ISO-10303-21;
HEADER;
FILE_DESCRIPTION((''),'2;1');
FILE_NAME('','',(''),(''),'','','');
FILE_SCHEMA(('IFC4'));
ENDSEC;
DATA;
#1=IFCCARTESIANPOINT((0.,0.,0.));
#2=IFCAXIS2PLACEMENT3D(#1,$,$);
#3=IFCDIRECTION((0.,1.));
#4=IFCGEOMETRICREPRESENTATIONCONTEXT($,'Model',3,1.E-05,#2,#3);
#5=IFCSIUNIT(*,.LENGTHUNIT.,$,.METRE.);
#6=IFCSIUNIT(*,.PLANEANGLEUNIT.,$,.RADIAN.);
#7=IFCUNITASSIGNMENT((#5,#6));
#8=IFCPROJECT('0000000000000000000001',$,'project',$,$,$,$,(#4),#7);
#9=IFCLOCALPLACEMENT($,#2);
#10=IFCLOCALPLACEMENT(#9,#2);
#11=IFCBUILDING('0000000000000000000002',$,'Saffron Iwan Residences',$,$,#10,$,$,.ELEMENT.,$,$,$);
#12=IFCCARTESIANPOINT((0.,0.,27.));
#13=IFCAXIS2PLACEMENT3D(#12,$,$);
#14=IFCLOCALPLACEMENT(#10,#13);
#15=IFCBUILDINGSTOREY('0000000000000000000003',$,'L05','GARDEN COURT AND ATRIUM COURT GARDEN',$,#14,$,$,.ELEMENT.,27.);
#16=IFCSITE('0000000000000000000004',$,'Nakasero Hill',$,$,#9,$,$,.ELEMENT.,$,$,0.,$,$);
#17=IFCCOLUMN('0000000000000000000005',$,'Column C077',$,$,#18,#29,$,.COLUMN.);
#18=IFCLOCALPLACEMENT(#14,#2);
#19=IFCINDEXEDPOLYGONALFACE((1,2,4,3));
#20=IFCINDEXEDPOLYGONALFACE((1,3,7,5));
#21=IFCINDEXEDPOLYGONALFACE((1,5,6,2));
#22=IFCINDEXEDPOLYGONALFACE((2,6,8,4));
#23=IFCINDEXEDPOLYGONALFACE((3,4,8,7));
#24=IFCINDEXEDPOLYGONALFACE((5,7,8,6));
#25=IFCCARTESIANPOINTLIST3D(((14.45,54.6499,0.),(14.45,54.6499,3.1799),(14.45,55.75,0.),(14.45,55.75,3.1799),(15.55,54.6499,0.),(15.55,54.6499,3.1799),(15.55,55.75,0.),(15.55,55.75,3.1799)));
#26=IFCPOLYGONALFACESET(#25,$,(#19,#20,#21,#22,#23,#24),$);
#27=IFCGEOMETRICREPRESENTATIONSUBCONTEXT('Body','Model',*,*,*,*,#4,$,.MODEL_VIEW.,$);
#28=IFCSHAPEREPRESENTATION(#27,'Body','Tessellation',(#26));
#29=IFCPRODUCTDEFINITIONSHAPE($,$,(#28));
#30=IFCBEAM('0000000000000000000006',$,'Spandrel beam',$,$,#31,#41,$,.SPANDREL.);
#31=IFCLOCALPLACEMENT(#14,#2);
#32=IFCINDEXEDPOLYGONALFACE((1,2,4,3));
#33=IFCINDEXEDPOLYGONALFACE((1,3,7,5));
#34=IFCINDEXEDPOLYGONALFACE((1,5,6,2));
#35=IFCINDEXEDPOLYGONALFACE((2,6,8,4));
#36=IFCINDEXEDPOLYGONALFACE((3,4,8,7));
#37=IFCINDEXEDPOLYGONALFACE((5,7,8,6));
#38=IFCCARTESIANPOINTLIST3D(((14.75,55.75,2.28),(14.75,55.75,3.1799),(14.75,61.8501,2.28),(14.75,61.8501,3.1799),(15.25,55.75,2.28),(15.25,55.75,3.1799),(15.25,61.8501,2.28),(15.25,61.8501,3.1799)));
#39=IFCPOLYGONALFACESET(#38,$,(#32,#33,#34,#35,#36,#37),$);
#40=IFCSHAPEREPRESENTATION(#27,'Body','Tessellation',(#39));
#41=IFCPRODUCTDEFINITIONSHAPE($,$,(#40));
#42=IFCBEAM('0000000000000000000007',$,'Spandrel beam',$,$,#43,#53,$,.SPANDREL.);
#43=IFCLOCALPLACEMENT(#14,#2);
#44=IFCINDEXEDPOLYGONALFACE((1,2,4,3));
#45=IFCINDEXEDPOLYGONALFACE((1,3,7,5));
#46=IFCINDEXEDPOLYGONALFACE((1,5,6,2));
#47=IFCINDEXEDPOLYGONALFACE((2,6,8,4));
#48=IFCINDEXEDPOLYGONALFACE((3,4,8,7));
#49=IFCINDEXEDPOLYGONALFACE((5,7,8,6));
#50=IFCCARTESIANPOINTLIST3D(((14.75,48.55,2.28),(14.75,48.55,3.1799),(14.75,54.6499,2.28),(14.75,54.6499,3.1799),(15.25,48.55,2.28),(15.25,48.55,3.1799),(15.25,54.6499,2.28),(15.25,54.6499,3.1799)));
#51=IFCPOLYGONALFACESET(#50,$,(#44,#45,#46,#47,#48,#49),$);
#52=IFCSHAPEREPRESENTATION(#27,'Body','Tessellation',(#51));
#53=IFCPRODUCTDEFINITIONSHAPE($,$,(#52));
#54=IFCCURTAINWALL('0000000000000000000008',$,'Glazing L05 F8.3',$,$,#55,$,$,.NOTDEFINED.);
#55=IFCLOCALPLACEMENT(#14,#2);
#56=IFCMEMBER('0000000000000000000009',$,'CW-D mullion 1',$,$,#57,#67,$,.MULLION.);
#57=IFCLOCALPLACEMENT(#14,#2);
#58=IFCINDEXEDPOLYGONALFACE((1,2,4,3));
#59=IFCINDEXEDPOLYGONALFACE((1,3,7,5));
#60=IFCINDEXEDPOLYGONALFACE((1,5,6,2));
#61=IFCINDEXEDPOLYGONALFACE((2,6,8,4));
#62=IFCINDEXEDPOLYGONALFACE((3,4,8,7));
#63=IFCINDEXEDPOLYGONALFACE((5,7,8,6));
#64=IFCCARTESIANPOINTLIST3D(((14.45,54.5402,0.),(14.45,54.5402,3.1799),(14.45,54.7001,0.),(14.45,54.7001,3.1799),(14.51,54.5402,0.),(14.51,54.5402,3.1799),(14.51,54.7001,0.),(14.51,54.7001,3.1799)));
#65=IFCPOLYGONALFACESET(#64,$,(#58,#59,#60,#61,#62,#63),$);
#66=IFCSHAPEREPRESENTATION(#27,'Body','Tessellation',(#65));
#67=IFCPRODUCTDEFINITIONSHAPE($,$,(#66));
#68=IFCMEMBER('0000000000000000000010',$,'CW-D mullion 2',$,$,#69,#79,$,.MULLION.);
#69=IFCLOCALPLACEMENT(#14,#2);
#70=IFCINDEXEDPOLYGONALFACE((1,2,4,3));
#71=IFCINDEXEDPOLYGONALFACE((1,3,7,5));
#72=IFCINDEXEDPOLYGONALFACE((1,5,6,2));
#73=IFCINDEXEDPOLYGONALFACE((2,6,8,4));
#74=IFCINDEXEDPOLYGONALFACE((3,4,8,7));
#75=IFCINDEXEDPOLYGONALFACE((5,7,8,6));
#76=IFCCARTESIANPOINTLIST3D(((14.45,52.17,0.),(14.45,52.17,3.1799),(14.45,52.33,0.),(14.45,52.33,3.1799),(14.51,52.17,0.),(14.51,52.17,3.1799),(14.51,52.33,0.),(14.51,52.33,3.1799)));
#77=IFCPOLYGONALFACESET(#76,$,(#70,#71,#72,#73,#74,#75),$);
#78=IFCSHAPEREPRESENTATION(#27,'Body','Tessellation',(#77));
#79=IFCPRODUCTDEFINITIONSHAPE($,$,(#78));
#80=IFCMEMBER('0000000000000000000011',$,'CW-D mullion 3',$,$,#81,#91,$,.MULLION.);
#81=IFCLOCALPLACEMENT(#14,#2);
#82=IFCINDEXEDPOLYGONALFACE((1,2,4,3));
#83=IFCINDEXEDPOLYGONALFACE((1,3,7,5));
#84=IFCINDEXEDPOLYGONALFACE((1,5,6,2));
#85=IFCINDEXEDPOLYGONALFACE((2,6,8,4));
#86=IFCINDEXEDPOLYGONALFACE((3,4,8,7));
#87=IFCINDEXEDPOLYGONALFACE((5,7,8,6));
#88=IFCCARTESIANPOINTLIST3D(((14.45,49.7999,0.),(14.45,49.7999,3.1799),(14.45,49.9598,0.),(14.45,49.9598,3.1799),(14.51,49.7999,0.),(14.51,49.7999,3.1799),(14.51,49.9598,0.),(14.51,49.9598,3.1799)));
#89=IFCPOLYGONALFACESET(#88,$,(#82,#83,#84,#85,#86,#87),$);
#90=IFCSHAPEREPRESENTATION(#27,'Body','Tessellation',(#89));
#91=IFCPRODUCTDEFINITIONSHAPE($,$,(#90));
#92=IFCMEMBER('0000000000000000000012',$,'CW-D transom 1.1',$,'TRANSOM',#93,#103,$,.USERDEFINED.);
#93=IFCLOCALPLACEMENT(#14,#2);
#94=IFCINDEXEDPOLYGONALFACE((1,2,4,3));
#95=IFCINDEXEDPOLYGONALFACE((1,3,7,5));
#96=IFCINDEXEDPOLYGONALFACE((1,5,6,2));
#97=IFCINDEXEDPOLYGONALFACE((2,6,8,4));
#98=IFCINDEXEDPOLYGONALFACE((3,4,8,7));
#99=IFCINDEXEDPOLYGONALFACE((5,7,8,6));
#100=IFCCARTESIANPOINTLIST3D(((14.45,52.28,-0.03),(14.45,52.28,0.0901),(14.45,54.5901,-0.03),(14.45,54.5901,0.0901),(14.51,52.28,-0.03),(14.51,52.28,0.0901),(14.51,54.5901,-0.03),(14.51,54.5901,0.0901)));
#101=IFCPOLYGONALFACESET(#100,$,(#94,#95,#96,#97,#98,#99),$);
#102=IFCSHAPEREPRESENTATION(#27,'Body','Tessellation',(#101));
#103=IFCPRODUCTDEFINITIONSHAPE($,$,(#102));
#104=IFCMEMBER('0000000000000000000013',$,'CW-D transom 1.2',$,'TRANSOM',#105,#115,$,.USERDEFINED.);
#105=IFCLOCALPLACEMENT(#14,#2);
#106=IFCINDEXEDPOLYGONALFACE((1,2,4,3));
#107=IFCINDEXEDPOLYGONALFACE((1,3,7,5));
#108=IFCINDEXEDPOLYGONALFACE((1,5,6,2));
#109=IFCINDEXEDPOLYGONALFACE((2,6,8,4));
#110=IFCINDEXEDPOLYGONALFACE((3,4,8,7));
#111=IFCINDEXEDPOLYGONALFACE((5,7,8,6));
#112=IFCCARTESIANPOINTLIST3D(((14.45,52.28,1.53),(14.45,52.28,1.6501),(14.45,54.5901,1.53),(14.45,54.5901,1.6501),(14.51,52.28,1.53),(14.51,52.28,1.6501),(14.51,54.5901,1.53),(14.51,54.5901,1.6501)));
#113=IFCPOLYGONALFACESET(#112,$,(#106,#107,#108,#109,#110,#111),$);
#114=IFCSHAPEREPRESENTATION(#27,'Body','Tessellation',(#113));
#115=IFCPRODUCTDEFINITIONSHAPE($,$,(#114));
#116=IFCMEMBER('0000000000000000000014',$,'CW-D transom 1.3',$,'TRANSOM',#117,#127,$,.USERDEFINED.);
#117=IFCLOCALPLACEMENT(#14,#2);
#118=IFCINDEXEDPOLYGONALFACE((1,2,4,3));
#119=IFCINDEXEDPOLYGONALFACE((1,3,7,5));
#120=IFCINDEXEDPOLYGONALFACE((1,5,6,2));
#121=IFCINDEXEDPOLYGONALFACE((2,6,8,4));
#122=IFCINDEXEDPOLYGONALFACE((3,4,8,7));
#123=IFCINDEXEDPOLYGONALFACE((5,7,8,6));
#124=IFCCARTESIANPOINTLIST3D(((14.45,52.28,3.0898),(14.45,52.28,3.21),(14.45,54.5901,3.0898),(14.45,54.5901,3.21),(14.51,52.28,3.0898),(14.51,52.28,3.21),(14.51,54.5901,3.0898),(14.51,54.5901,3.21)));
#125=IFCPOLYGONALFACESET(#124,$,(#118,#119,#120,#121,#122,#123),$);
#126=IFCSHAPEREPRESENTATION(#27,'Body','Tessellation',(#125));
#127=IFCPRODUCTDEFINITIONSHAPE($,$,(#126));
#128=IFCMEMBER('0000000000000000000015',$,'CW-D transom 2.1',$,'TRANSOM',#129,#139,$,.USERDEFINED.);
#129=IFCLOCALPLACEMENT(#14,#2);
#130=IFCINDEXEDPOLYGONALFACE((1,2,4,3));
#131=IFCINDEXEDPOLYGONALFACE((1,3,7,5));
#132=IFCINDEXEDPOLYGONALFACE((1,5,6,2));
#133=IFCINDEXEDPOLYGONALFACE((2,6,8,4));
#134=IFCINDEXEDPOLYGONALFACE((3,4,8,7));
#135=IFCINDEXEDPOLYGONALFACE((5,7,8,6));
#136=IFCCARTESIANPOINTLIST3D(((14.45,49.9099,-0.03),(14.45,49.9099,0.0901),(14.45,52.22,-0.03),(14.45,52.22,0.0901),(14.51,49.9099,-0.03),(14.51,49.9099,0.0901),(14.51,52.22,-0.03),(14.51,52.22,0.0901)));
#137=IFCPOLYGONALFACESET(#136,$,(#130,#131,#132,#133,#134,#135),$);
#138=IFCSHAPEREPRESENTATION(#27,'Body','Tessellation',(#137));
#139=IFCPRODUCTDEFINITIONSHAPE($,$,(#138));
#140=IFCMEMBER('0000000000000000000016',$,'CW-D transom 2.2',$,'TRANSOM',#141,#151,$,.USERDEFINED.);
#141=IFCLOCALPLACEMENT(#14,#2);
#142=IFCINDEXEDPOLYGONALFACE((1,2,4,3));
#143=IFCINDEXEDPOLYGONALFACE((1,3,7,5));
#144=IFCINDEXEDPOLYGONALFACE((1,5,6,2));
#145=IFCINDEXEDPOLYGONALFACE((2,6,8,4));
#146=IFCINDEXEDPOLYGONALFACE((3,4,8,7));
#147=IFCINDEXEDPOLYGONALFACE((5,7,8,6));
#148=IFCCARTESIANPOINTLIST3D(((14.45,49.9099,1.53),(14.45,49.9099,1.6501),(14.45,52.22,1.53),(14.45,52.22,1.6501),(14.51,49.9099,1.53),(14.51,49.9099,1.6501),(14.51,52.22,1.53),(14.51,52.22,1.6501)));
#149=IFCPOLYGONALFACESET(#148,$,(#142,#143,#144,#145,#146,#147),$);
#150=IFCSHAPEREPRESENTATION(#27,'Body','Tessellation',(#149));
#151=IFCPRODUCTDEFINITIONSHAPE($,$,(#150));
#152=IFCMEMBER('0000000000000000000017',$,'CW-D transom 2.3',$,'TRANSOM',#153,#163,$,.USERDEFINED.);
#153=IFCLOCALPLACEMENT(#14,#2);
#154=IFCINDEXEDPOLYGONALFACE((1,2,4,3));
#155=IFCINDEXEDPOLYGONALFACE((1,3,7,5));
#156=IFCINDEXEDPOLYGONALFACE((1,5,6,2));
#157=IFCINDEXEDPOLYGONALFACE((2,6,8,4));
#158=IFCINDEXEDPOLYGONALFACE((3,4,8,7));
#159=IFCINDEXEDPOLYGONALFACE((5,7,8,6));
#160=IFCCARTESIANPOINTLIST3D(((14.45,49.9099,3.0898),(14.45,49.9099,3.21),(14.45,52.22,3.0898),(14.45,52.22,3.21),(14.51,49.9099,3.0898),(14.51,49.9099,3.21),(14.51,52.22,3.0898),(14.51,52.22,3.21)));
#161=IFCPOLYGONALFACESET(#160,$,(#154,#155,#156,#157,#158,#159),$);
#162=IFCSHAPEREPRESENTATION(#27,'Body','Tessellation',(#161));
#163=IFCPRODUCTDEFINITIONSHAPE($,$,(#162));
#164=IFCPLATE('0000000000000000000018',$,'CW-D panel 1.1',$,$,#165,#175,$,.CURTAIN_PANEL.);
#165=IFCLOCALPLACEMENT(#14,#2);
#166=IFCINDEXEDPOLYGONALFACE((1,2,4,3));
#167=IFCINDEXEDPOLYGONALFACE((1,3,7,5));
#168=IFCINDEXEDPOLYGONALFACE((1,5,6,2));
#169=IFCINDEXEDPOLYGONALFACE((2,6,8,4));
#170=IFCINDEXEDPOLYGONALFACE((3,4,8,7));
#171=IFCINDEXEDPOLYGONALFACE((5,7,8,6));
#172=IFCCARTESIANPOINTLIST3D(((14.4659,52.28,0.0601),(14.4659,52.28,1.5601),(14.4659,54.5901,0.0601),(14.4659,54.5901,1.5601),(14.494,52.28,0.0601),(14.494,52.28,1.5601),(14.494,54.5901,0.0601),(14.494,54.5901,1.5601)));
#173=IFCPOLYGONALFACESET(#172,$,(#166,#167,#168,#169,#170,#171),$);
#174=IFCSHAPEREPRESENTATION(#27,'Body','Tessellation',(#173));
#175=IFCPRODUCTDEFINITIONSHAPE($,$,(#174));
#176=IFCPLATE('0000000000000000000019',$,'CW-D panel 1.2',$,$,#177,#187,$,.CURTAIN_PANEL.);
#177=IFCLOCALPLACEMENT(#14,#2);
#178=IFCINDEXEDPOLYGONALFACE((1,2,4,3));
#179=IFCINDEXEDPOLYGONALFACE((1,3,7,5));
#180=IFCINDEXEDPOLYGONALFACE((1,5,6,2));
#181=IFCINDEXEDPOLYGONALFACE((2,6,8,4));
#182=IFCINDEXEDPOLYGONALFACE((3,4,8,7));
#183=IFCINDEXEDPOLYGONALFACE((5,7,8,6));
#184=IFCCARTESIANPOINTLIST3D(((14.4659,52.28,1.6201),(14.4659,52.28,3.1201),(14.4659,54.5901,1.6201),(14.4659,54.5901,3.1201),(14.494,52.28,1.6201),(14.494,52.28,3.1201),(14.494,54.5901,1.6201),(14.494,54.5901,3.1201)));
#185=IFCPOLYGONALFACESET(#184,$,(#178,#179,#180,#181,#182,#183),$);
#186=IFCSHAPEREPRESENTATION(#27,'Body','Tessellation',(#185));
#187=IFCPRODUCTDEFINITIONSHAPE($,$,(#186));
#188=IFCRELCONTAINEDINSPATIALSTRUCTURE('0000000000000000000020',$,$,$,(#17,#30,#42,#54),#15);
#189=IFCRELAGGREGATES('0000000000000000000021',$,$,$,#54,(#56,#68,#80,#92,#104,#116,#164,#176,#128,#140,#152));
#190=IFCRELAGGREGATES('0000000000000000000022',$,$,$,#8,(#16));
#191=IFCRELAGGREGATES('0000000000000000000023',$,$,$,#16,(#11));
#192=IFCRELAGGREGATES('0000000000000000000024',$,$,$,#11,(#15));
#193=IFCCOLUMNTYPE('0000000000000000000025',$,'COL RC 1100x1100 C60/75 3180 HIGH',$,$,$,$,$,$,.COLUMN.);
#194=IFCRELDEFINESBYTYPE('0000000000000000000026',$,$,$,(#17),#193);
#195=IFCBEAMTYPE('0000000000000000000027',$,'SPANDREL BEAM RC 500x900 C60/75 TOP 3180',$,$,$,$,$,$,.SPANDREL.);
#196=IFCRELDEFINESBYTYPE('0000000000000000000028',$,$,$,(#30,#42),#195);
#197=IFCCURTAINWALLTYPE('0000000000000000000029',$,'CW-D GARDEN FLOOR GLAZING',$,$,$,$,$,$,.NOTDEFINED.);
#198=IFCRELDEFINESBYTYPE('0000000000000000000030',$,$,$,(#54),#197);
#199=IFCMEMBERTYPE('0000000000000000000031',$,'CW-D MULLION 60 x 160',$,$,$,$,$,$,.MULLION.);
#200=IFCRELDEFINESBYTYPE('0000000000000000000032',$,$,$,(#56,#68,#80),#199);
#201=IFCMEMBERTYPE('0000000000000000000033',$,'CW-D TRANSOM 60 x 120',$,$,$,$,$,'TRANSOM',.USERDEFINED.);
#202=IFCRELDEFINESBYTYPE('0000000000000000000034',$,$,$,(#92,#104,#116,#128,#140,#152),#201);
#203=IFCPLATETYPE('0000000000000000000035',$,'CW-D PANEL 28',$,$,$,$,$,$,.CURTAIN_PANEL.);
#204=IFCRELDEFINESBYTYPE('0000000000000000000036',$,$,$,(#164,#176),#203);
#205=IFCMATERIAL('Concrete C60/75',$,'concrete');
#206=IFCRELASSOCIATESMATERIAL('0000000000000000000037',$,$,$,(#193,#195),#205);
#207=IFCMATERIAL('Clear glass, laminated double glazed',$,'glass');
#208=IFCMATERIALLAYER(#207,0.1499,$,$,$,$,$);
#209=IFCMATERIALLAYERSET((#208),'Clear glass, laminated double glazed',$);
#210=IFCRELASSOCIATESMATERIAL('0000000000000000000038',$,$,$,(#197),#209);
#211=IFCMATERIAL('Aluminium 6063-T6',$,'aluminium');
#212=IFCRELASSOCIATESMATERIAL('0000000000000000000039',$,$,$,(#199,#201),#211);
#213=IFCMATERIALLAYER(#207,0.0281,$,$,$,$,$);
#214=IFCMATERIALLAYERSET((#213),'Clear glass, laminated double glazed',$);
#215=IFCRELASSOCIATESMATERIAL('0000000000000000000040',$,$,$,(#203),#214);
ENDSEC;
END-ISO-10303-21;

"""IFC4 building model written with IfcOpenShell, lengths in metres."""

from ifc_helpers import new_model, si_unit, direction, frame, origin, origin_2d, place, context, subcontext, project, spatial, rectangle, extrude, source, transform, mapped, material, layer, layer_set, material_profile, profile_set, type_object, element, aggregate, save


model = new_model("IFC4")

# Units and contexts
model_context = context("Model", 3, precision=1e-05, world=origin(), true_north=direction((0.0, 1.0)))
body_context = subcontext(model_context, "Body", "Model", "MODEL_VIEW")
ifc_project = project(units=[si_unit("LENGTHUNIT", "METRE"), si_unit("PLANEANGLEUNIT", "RADIAN")], contexts=[model_context])

# Site, building, storey
site_placement = place(None, origin())
site = spatial("IfcSite", under=ifc_project, at=site_placement, Name="Nakasero Hill", CompositionType="ELEMENT", RefElevation=0.0)
building_placement = place(site_placement, origin())
building = spatial("IfcBuilding", under=site, at=building_placement, Name="Saffron Iwan Residences", CompositionType="ELEMENT")
storey_placement = place(building_placement, frame((0.0, 0.0, 27.0)))
storey = spatial("IfcBuildingStorey", under=building, at=storey_placement, Name="L05", Description="GARDEN COURT AND ATRIUM COURT GARDEN", CompositionType="ELEMENT", Elevation=27.0)

# Column
ifc_material_1 = material(Name="Concrete C60/75", Category="concrete")
ifc_material_profile_1 = material_profile(ifc_material_1, rectangle(XDim=1.1001, YDim=1.1001, at=origin_2d()), Name="RC 1100x1100")
ifc_profile_set_1 = profile_set([ifc_material_profile_1], Name="Concrete C60/75")
column_type = type_object("IfcColumnType", Name="COL RC 1100x1100 C60/75 3180 HIGH", PredefinedType="COLUMN", material=ifc_profile_set_1)
shared_shape_1 = source(origin(), body_context, "Body", "SweptSolid", [
    extrude(rectangle(XDim=1.1001, YDim=1.1001, at=origin_2d()), origin(), (0.0, 0.0, 1.0), 3.1799),
])
column_placement = place(storey_placement, frame((15.0, 55.2, 0.0), z_axis=(0.0, 0.0, 1.0), x_axis=(1.0, 0.0, 0.0)))
element("IfcColumn", 1, at=column_placement, inside=storey, type_object=column_type, Name="Column C077", PredefinedType="COLUMN", context=body_context, shape_type="MappedRepresentation", body=[
    mapped(shared_shape_1, transform((0.0, 0.0, 0.0))),
])

# Beams
ifc_material_profile_2 = material_profile(ifc_material_1, rectangle(XDim=0.5, YDim=0.8999, at=origin_2d()), Name="RC 500x900")
ifc_profile_set_2 = profile_set([ifc_material_profile_2], Name="Concrete C60/75")
beam_type = type_object("IfcBeamType", Name="SPANDREL BEAM RC 500x900 C60/75 TOP 3180", PredefinedType="SPANDREL", material=ifc_profile_set_2)
shared_shape_2 = source(origin(), body_context, "Body", "SweptSolid", [
    extrude(rectangle(XDim=0.5, YDim=0.8999, at=origin_2d()), origin(), (0.0, 0.0, 1.0), 6.1001),
])
beam_1_placement = place(storey_placement, frame((15.0, 55.75, 2.73), z_axis=(0.0, 1.0, 0.0), x_axis=(-1.0, 0.0, 0.0)))
element("IfcBeam", 2, at=beam_1_placement, inside=storey, type_object=beam_type, Name="Spandrel beam", PredefinedType="SPANDREL", context=body_context, shape_type="MappedRepresentation", body=[
    mapped(shared_shape_2, transform((0.0, 0.0, 0.0))),
])
shared_shape_3 = source(origin(), body_context, "Body", "SweptSolid", [
    extrude(rectangle(XDim=0.5, YDim=0.8999, at=origin_2d()), origin(), (0.0, 0.0, 1.0), 6.0999),
])
beam_2_placement = place(storey_placement, frame((15.0, 48.55, 2.73), z_axis=(0.0, 1.0, 0.0), x_axis=(-1.0, 0.0, 0.0)))
element("IfcBeam", 3, at=beam_2_placement, inside=storey, type_object=beam_type, Name="Spandrel beam", PredefinedType="SPANDREL", context=body_context, shape_type="MappedRepresentation", body=[
    mapped(shared_shape_3, transform((0.0, 0.0, 0.0))),
])

# Curtain wall, members, plates
ifc_material_2 = material(Name="Clear glass, laminated double glazed", Category="glass")
ifc_layer_1 = layer(ifc_material_2, 0.1499)
ifc_layer_set_1 = layer_set([ifc_layer_1], Name="Clear glass, laminated double glazed")
curtain_wall_type = type_object("IfcCurtainWallType", Name="CW-D GARDEN FLOOR GLAZING", PredefinedType="NOTDEFINED", material=ifc_layer_set_1)
curtain_wall_placement = place(storey_placement, origin())
curtain_wall = element("IfcCurtainWall", 4, at=curtain_wall_placement, inside=storey, type_object=curtain_wall_type, Name="Glazing L05 F8.3", PredefinedType="NOTDEFINED")
ifc_material_3 = material(Name="Aluminium 6063-T6", Category="aluminium")
ifc_material_profile_3 = material_profile(ifc_material_3, rectangle(XDim=0.0601, YDim=0.1599, at=origin_2d()), Name="CW-D MULLION 60 x 160")
ifc_profile_set_3 = profile_set([ifc_material_profile_3], Name="Aluminium 6063-T6")
member_type_1 = type_object("IfcMemberType", Name="CW-D MULLION 60 x 160", PredefinedType="MULLION", material=ifc_profile_set_3)
shared_shape_4 = source(origin(), body_context, "Body", "SweptSolid", [
    extrude(rectangle(XDim=0.0601, YDim=0.1599, at=origin_2d()), origin(), (0.0, 0.0, 1.0), 3.1799),
])
member_1_placement = place(storey_placement, frame((14.48, 54.6201, 0.0), z_axis=(0.0, 0.0, 1.0), x_axis=(1.0, 0.0, 0.0)))
member_1 = element("IfcMember", 5, at=member_1_placement, type_object=member_type_1, Name="CW-D mullion 1", PredefinedType="MULLION", context=body_context, shape_type="MappedRepresentation", body=[
    mapped(shared_shape_4, transform((0.0, 0.0, 0.0))),
])
member_2_placement = place(storey_placement, frame((14.48, 52.25, 0.0), z_axis=(0.0, 0.0, 1.0), x_axis=(1.0, 0.0, 0.0)))
member_2 = element("IfcMember", 6, at=member_2_placement, type_object=member_type_1, Name="CW-D mullion 2", PredefinedType="MULLION", context=body_context, shape_type="MappedRepresentation", body=[
    mapped(shared_shape_4, transform((0.0, 0.0, 0.0))),
])
member_3_placement = place(storey_placement, frame((14.48, 49.8799, 0.0), z_axis=(0.0, 0.0, 1.0), x_axis=(1.0, 0.0, 0.0)))
member_3 = element("IfcMember", 7, at=member_3_placement, type_object=member_type_1, Name="CW-D mullion 3", PredefinedType="MULLION", context=body_context, shape_type="MappedRepresentation", body=[
    mapped(shared_shape_4, transform((0.0, 0.0, 0.0))),
])
ifc_material_profile_4 = material_profile(ifc_material_3, rectangle(XDim=0.0601, YDim=0.1201, at=origin_2d()), Name="CW-D TRANSOM 60 x 120")
ifc_profile_set_4 = profile_set([ifc_material_profile_4], Name="Aluminium 6063-T6")
member_type_2 = type_object("IfcMemberType", Name="CW-D TRANSOM 60 x 120", ElementType="TRANSOM", PredefinedType="USERDEFINED", material=ifc_profile_set_4)
shared_shape_5 = source(origin(), body_context, "Body", "SweptSolid", [
    extrude(rectangle(XDim=0.0601, YDim=0.1201, at=origin_2d()), origin(), (0.0, 0.0, 1.0), 2.3101),
])
member_4_placement = place(storey_placement, frame((14.48, 54.5901, 0.03), z_axis=(0.0, -1.0, 0.0), x_axis=(1.0, 0.0, 0.0)))
member_4 = element("IfcMember", 8, at=member_4_placement, type_object=member_type_2, Name="CW-D transom 1.1", ObjectType="TRANSOM", PredefinedType="USERDEFINED", context=body_context, shape_type="MappedRepresentation", body=[
    mapped(shared_shape_5, transform((0.0, 0.0, 0.0))),
])
member_5_placement = place(storey_placement, frame((14.48, 54.5901, 1.5901), z_axis=(0.0, -1.0, 0.0), x_axis=(1.0, 0.0, 0.0)))
member_5 = element("IfcMember", 9, at=member_5_placement, type_object=member_type_2, Name="CW-D transom 1.2", ObjectType="TRANSOM", PredefinedType="USERDEFINED", context=body_context, shape_type="MappedRepresentation", body=[
    mapped(shared_shape_5, transform((0.0, 0.0, 0.0))),
])
member_6_placement = place(storey_placement, frame((14.48, 54.5901, 3.1499), z_axis=(0.0, -1.0, 0.0), x_axis=(1.0, 0.0, 0.0)))
member_6 = element("IfcMember", 10, at=member_6_placement, type_object=member_type_2, Name="CW-D transom 1.3", ObjectType="TRANSOM", PredefinedType="USERDEFINED", context=body_context, shape_type="MappedRepresentation", body=[
    mapped(shared_shape_5, transform((0.0, 0.0, 0.0))),
])
member_7_placement = place(storey_placement, frame((14.48, 52.22, 0.03), z_axis=(0.0, -1.0, 0.0), x_axis=(1.0, 0.0, 0.0)))
member_7 = element("IfcMember", 11, at=member_7_placement, type_object=member_type_2, Name="CW-D transom 2.1", ObjectType="TRANSOM", PredefinedType="USERDEFINED", context=body_context, shape_type="MappedRepresentation", body=[
    mapped(shared_shape_5, transform((0.0, 0.0, 0.0))),
])
member_8_placement = place(storey_placement, frame((14.48, 52.22, 1.5901), z_axis=(0.0, -1.0, 0.0), x_axis=(1.0, 0.0, 0.0)))
member_8 = element("IfcMember", 12, at=member_8_placement, type_object=member_type_2, Name="CW-D transom 2.2", ObjectType="TRANSOM", PredefinedType="USERDEFINED", context=body_context, shape_type="MappedRepresentation", body=[
    mapped(shared_shape_5, transform((0.0, 0.0, 0.0))),
])
member_9_placement = place(storey_placement, frame((14.48, 52.22, 3.1499), z_axis=(0.0, -1.0, 0.0), x_axis=(1.0, 0.0, 0.0)))
member_9 = element("IfcMember", 13, at=member_9_placement, type_object=member_type_2, Name="CW-D transom 2.3", ObjectType="TRANSOM", PredefinedType="USERDEFINED", context=body_context, shape_type="MappedRepresentation", body=[
    mapped(shared_shape_5, transform((0.0, 0.0, 0.0))),
])
ifc_layer_2 = layer(ifc_material_2, 0.0281)
ifc_layer_set_2 = layer_set([ifc_layer_2], Name="Clear glass, laminated double glazed")
plate_type = type_object("IfcPlateType", Name="CW-D PANEL 28", PredefinedType="CURTAIN_PANEL", material=ifc_layer_set_2)
shared_shape_6 = source(origin(), body_context, "Body", "SweptSolid", [
    extrude(rectangle(XDim=2.3101, YDim=0.0281, at=origin_2d()), origin(), (0.0, 0.0, 1.0), 1.5),
])
plate_1_placement = place(storey_placement, frame((14.48, 53.4351, 0.0601), z_axis=(0.0, 0.0, 1.0), x_axis=(0.0, -1.0, 0.0)))
plate_1 = element("IfcPlate", 14, at=plate_1_placement, type_object=plate_type, Name="CW-D panel 1.1", PredefinedType="CURTAIN_PANEL", context=body_context, shape_type="MappedRepresentation", body=[
    mapped(shared_shape_6, transform((0.0, 0.0, 0.0))),
])
plate_2_placement = place(storey_placement, frame((14.48, 53.4351, 1.6201), z_axis=(0.0, 0.0, 1.0), x_axis=(0.0, -1.0, 0.0)))
plate_2 = element("IfcPlate", 15, at=plate_2_placement, type_object=plate_type, Name="CW-D panel 1.2", PredefinedType="CURTAIN_PANEL", context=body_context, shape_type="MappedRepresentation", body=[
    mapped(shared_shape_6, transform((0.0, 0.0, 0.0))),
])
aggregate(curtain_wall, [member_1, member_2, member_3, member_4, member_5, member_6, plate_1, plate_2, member_7, member_8, member_9])

save(model, "model.ifc")
